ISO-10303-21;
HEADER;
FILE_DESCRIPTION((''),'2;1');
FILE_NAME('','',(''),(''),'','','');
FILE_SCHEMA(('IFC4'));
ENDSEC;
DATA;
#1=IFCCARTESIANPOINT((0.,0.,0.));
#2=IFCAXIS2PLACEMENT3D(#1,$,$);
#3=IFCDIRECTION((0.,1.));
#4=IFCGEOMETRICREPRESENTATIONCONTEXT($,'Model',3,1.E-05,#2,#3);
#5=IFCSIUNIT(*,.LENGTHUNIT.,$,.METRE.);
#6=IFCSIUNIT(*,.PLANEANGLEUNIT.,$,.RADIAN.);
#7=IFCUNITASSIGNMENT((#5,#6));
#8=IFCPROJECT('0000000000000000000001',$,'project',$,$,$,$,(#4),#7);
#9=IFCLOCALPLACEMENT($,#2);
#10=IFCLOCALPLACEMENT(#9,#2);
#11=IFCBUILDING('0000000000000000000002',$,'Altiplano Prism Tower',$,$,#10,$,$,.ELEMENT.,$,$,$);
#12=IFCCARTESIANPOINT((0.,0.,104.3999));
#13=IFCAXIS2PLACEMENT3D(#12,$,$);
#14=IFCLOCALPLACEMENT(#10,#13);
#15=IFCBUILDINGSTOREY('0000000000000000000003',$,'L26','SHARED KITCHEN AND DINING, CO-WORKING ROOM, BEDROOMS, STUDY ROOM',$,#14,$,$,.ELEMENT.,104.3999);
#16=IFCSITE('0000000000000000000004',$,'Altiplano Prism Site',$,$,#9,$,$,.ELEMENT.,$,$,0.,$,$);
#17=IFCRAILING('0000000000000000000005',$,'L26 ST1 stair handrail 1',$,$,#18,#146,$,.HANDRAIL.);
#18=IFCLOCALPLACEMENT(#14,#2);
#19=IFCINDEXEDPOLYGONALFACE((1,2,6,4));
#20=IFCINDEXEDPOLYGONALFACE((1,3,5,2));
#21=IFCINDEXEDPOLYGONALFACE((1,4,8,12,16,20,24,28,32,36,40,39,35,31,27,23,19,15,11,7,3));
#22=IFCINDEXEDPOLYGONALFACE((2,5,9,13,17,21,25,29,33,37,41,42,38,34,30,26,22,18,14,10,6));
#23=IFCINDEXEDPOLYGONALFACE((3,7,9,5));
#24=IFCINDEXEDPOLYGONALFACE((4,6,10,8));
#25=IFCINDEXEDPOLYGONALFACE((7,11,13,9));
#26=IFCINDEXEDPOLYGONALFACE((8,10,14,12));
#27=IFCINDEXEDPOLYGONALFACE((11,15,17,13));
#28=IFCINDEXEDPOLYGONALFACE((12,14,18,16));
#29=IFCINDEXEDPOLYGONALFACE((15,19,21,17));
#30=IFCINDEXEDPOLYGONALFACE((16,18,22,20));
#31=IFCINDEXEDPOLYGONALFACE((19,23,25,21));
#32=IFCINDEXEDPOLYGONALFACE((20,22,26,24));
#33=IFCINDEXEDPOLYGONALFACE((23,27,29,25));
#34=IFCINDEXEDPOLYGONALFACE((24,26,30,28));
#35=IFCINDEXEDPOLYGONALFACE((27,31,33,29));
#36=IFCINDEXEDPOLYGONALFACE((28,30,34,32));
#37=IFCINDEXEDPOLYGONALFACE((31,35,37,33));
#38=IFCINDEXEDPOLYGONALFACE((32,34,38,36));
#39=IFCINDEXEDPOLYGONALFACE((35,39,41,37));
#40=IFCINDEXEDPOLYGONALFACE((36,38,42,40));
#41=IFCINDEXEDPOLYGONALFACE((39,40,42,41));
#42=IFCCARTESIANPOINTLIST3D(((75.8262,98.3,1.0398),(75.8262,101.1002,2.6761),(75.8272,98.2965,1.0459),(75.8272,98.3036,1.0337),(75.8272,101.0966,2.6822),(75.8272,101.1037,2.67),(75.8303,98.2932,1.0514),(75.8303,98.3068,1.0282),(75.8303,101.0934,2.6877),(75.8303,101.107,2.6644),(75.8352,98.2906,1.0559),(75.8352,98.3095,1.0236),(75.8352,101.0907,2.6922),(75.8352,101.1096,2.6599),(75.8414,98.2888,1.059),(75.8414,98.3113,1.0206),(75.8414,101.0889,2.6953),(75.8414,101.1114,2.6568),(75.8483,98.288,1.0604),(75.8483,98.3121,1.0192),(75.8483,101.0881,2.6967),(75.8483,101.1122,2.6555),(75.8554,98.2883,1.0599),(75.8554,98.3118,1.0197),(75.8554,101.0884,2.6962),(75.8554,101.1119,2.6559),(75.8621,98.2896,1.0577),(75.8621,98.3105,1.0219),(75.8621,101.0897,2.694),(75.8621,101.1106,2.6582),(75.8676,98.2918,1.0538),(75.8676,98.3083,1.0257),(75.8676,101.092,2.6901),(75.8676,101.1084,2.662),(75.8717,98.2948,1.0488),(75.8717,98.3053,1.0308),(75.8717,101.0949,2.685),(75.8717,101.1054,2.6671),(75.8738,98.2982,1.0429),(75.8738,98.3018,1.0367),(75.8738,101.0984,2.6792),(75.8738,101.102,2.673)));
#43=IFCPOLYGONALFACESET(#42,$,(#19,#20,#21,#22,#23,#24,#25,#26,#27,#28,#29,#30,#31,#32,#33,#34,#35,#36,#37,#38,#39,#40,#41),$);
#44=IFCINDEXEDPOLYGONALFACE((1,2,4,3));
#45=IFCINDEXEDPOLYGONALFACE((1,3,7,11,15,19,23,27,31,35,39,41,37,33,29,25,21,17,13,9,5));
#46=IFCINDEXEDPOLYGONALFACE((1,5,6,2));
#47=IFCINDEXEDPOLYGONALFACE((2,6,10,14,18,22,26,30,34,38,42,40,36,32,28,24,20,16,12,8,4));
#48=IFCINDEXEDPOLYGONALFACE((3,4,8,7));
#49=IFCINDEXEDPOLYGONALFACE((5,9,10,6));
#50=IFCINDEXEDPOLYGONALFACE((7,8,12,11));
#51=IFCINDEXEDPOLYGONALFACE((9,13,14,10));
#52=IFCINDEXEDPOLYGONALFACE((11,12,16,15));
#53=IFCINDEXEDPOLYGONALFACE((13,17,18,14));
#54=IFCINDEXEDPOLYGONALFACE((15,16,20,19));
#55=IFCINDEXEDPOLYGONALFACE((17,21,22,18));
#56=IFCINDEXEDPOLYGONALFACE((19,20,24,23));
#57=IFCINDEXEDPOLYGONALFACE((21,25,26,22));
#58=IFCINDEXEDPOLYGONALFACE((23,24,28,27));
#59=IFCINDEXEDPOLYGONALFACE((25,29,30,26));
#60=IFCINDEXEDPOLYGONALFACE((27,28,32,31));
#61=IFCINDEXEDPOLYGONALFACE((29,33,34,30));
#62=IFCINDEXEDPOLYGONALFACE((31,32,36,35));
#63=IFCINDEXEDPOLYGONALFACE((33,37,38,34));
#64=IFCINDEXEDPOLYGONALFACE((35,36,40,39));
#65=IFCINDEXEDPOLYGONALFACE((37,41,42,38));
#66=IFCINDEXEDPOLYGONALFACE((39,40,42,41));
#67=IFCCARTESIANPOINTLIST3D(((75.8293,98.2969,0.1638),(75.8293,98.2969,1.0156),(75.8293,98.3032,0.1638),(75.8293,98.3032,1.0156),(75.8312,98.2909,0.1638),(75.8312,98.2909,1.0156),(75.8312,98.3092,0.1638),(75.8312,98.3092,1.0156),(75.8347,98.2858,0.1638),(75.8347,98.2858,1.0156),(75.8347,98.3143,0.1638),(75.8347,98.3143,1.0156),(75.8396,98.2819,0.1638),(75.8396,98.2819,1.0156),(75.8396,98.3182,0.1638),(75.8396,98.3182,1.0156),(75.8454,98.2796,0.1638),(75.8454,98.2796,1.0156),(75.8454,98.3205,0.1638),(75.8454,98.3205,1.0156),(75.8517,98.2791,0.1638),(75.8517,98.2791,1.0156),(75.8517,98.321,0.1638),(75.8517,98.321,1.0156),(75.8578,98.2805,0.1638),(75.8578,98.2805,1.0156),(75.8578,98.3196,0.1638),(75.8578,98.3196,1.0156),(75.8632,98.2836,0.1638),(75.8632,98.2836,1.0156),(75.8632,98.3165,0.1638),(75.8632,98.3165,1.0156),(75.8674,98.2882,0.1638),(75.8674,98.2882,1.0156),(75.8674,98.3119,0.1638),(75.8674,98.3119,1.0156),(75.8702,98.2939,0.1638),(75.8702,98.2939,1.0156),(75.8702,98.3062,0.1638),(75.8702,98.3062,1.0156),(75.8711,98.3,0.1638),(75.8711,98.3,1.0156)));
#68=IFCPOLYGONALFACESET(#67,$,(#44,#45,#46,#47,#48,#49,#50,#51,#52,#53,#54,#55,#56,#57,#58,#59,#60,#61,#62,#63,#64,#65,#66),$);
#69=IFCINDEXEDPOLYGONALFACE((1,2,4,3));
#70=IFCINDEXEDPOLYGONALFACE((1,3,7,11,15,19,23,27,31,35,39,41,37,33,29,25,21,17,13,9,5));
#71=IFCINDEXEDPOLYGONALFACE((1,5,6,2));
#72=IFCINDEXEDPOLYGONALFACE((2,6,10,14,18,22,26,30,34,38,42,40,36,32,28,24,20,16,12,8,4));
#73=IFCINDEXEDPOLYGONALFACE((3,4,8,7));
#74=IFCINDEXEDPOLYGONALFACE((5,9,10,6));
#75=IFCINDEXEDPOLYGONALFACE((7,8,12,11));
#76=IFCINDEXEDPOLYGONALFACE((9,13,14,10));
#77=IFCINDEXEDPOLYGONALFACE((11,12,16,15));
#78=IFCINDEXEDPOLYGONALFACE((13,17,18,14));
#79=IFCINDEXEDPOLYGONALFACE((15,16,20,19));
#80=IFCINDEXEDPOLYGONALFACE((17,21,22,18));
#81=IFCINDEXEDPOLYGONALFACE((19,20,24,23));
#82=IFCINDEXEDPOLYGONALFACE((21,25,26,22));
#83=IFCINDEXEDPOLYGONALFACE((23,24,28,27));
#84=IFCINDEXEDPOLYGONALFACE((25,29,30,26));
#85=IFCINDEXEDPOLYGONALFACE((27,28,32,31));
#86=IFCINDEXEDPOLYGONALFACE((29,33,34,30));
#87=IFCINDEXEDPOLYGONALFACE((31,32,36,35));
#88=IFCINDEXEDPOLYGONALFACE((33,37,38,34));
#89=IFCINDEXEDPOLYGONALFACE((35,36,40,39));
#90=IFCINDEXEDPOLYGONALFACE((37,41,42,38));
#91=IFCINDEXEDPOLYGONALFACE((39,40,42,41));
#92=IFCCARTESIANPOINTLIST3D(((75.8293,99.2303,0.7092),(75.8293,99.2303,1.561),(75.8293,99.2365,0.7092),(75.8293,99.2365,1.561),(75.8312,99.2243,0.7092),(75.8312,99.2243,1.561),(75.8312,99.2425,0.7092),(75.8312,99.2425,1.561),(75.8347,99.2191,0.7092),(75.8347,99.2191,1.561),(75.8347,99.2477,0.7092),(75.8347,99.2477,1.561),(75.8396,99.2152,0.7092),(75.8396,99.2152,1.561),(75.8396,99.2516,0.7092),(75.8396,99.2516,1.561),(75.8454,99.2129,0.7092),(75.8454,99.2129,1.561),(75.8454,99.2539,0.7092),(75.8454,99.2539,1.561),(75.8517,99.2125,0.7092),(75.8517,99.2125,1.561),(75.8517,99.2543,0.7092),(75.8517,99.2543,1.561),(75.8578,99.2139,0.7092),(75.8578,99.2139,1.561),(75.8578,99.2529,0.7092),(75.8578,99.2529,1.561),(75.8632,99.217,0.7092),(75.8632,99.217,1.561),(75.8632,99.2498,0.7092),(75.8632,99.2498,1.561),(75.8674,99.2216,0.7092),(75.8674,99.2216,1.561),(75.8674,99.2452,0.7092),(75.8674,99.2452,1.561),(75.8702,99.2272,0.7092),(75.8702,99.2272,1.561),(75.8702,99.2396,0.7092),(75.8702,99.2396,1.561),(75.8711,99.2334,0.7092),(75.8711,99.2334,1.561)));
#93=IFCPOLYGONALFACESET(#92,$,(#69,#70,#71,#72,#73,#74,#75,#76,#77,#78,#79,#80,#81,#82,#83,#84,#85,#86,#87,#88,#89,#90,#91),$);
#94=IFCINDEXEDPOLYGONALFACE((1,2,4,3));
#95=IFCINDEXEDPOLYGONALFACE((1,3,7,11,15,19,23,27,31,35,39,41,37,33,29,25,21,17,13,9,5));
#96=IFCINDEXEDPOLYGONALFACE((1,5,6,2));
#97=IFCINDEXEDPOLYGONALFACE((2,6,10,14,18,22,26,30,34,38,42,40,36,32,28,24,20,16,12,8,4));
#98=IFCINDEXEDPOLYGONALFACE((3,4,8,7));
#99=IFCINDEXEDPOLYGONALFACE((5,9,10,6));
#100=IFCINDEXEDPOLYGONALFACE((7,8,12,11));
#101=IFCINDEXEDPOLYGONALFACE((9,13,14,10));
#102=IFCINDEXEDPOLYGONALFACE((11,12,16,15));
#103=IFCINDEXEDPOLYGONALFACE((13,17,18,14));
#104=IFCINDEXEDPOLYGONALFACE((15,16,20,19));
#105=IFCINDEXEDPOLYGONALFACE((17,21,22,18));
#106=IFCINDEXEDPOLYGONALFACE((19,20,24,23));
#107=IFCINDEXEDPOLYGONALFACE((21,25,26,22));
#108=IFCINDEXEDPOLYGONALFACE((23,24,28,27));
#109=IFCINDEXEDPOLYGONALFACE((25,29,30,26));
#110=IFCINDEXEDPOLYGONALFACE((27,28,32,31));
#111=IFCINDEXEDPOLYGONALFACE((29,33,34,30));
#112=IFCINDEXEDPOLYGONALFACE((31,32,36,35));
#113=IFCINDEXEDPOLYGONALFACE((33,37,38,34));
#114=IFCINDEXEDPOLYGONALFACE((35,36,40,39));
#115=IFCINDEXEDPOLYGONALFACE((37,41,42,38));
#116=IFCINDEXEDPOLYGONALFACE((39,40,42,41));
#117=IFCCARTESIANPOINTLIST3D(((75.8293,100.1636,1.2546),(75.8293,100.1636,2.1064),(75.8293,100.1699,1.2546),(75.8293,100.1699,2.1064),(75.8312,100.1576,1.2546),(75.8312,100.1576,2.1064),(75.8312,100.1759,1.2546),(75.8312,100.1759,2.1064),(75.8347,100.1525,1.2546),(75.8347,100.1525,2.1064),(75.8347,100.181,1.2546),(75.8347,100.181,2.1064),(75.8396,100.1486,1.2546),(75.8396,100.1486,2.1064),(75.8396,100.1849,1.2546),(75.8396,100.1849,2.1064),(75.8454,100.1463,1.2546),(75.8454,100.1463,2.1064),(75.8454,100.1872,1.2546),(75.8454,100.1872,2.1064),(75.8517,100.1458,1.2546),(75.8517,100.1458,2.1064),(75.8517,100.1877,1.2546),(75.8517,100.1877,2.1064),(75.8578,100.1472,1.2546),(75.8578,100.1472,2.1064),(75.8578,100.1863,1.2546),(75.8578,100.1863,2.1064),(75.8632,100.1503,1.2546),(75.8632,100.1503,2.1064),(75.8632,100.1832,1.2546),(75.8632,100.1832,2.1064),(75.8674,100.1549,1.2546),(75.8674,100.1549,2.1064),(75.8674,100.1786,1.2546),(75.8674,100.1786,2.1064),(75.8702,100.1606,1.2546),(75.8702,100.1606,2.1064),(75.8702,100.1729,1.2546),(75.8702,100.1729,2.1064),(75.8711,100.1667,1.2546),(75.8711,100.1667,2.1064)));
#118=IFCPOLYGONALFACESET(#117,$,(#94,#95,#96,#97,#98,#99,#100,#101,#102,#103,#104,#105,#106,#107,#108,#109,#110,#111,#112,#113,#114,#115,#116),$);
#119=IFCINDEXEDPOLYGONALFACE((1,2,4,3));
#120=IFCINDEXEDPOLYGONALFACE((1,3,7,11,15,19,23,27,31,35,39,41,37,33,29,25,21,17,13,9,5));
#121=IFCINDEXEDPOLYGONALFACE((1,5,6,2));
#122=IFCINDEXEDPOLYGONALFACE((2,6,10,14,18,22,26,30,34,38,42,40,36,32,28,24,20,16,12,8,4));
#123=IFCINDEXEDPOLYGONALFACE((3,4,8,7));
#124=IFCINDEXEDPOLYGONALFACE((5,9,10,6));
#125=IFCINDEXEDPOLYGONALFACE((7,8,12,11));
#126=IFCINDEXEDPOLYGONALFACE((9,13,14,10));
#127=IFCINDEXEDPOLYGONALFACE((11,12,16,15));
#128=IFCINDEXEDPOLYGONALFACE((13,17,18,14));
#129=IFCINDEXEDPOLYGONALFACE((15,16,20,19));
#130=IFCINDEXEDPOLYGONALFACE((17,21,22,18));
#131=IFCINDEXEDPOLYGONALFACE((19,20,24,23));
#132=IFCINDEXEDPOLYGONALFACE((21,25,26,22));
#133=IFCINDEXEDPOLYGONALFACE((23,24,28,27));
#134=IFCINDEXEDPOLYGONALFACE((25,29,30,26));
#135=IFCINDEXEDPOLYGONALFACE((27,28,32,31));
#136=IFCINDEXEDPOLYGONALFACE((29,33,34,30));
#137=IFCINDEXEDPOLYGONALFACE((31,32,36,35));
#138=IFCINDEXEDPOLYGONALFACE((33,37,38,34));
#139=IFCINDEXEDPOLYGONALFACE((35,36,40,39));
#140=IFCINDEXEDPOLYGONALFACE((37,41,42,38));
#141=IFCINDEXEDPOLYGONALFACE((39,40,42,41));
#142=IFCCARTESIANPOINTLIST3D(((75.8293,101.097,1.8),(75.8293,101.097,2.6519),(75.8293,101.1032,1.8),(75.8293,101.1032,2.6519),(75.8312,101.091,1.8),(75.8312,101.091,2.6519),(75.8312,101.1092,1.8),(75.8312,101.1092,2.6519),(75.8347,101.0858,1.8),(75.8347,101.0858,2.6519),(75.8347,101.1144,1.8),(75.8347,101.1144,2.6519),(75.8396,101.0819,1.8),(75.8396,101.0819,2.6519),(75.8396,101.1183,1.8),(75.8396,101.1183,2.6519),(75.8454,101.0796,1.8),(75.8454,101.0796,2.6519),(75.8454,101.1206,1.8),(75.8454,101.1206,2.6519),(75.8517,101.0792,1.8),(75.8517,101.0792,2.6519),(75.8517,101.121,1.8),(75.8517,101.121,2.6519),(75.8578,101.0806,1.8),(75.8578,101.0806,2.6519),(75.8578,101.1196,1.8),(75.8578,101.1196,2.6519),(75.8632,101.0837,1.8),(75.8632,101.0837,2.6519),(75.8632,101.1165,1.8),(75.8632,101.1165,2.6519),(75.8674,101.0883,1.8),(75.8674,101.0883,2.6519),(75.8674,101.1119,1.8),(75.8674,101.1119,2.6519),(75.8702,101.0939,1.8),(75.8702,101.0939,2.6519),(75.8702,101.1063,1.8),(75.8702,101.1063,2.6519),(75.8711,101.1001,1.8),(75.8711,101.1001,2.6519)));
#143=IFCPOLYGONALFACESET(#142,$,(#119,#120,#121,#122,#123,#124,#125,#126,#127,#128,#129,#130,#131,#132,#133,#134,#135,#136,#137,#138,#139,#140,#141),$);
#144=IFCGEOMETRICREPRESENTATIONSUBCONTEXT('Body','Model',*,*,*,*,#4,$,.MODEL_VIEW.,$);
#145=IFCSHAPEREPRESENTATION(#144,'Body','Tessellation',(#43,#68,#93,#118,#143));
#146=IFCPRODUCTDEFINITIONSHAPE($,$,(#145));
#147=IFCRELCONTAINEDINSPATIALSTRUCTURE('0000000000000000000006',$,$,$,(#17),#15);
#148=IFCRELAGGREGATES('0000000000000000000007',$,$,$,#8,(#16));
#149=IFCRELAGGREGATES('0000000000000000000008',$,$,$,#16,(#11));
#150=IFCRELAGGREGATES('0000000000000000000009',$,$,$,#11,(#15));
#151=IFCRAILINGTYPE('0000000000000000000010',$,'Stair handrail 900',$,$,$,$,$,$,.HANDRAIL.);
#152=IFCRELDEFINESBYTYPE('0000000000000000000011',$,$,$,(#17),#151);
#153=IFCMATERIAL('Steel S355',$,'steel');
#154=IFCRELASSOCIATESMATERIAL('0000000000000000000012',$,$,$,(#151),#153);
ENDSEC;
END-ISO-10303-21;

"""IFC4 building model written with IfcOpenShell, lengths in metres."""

from ifc_helpers import new_model, si_unit, direction, frame, origin, origin_2d, place, context, subcontext, project, spatial, circle, extrude, material, type_object, element, save


model = new_model("IFC4")

# Units and contexts
model_context = context("Model", 3, precision=1e-05, world=origin(), true_north=direction((0.0, 1.0)))
body_context = subcontext(model_context, "Body", "Model", "MODEL_VIEW")
ifc_project = project(units=[si_unit("LENGTHUNIT", "METRE"), si_unit("PLANEANGLEUNIT", "RADIAN")], contexts=[model_context])

# Site, building, storey
site_placement = place(None, origin())
site = spatial("IfcSite", under=ifc_project, at=site_placement, Name="Altiplano Prism Site", CompositionType="ELEMENT", RefElevation=0.0)
building_placement = place(site_placement, origin())
building = spatial("IfcBuilding", under=site, at=building_placement, Name="Altiplano Prism Tower", CompositionType="ELEMENT")
storey_placement = place(building_placement, frame((0.0, 0.0, 104.3999)))
storey = spatial("IfcBuildingStorey", under=building, at=storey_placement, Name="L26", Description="SHARED KITCHEN AND DINING, CO-WORKING ROOM, BEDROOMS, STUDY ROOM", CompositionType="ELEMENT", Elevation=104.3999)

# Railing
ifc_material_1 = material(Name="Steel S355", Category="steel")
railing_type_1 = type_object("IfcRailingType", Name="Stair handrail 900", PredefinedType="HANDRAIL", material=ifc_material_1)
railing_1_placement = place(storey_placement, frame((75.8501, 98.3, 0.1638)))
element("IfcRailing", 1, at=railing_1_placement, inside=storey, type_object=railing_type_1, Name="L26 ST1 stair handrail 1", PredefinedType="HANDRAIL", context=body_context, shape_type="SweptSolid", body=[
    extrude(circle(Radius=0.0239, at=origin_2d()), frame((0.0, 0.0, 0.876), z_axis=(0.0, 0.863394, 0.504531), x_axis=(-1.0, 0.0, 0.0)), (0.0, 0.0, 1.0), 3.2432),
    extrude(circle(Radius=0.021, at=origin_2d()), origin(), (0.0, 0.0, 1.0), 0.8518),
    extrude(circle(Radius=0.021, at=origin_2d()), frame((0.0, 0.9333, 0.5454)), (0.0, 0.0, 1.0), 0.8518),
    extrude(circle(Radius=0.021, at=origin_2d()), frame((0.0, 1.8667, 1.0908)), (0.0, 0.0, 1.0), 0.8518),
    extrude(circle(Radius=0.021, at=origin_2d()), frame((0.0, 2.8, 1.6362)), (0.0, 0.0, 1.0), 0.8518),
])

save(model, "model.ifc")
